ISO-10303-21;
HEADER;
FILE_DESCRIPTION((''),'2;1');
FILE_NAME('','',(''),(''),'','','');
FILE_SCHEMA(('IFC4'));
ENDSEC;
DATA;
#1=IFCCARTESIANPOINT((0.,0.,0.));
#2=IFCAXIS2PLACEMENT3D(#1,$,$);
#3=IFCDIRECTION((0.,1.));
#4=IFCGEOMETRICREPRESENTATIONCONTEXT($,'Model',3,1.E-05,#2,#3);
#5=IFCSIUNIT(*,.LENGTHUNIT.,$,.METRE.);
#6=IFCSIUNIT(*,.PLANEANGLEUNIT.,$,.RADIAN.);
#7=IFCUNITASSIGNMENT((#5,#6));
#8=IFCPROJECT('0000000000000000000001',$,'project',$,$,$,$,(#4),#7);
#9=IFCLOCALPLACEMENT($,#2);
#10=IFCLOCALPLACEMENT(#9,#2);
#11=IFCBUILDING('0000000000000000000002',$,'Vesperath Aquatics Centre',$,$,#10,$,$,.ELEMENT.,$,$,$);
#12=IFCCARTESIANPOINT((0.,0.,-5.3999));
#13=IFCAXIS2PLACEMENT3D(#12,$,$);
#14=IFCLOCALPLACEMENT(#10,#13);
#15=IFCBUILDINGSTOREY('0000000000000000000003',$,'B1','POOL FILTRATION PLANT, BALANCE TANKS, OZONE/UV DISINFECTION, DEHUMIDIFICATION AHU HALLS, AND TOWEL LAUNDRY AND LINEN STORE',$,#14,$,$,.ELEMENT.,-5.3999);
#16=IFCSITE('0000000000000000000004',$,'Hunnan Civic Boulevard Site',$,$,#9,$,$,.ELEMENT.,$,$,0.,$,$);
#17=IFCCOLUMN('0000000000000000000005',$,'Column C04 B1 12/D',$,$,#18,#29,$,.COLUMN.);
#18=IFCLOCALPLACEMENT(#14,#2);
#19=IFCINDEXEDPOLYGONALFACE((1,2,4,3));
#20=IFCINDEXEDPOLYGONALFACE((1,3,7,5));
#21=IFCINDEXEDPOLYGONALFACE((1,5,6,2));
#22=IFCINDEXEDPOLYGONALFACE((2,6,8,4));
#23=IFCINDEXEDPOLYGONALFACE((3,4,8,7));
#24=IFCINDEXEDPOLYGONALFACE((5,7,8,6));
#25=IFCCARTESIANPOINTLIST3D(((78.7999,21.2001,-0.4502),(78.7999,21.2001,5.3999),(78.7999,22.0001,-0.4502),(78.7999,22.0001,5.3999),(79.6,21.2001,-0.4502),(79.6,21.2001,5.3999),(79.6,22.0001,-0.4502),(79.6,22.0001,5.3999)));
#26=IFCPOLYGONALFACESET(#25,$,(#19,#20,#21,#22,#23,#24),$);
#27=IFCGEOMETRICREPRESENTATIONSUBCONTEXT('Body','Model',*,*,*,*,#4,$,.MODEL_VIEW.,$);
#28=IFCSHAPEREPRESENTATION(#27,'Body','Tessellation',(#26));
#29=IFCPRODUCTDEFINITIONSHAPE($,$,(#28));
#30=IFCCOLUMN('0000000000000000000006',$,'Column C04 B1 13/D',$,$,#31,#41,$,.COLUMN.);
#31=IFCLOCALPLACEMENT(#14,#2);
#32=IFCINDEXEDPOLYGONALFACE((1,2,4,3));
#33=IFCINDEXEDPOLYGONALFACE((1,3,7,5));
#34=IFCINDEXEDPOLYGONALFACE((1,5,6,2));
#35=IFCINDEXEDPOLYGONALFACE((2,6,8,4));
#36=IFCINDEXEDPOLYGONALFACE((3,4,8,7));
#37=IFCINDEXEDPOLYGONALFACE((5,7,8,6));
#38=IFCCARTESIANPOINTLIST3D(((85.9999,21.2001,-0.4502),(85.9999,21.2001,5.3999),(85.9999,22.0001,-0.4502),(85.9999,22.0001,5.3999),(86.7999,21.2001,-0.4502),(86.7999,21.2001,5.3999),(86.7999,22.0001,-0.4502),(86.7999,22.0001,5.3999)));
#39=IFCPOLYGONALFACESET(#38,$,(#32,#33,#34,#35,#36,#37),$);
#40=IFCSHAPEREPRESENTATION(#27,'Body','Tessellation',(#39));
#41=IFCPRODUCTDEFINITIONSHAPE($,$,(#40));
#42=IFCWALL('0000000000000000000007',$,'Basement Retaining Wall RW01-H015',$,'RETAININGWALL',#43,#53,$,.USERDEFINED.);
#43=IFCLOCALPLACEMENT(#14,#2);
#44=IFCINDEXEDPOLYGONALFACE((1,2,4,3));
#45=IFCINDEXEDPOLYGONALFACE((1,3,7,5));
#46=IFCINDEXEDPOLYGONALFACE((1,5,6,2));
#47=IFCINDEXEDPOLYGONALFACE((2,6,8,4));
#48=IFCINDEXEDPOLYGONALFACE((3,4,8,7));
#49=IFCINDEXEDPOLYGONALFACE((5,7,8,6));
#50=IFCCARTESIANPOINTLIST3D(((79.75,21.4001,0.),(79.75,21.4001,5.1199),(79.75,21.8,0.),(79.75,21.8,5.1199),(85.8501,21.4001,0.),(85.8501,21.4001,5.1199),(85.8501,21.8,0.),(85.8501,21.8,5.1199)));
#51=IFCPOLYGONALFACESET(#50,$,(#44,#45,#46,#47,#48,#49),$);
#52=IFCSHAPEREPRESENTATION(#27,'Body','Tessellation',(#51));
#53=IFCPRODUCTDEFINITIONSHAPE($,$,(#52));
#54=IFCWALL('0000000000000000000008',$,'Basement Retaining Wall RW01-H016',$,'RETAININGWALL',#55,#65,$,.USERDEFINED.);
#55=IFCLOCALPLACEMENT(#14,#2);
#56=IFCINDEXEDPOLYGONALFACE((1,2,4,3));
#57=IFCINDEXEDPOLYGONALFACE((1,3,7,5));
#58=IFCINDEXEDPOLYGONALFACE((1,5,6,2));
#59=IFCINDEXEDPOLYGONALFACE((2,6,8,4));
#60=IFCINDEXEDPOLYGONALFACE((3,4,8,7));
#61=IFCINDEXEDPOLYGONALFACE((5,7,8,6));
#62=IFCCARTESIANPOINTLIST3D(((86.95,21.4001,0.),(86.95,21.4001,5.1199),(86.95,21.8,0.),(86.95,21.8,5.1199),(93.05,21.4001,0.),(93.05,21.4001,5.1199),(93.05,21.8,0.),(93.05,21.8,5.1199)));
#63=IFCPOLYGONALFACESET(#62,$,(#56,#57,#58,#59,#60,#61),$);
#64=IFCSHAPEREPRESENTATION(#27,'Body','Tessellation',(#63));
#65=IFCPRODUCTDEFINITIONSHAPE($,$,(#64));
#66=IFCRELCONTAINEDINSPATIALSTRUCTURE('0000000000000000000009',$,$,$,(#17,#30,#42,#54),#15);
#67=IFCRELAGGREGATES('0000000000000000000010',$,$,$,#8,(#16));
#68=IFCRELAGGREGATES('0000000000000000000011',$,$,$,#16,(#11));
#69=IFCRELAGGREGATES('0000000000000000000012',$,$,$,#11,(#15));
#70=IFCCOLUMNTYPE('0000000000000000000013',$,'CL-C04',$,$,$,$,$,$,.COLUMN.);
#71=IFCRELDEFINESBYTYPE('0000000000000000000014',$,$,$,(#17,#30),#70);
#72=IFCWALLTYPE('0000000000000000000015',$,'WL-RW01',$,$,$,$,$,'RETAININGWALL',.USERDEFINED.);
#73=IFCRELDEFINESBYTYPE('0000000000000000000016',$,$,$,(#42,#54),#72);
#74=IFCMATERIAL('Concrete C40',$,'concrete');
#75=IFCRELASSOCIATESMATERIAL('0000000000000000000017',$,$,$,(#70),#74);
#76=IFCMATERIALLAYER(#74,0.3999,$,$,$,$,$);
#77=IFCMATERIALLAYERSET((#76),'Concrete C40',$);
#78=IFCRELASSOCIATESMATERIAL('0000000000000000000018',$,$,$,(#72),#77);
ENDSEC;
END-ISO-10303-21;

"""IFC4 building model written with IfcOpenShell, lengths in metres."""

from ifc_helpers import new_model, si_unit, direction, frame, frame_2d, origin, origin_2d, place, context, subcontext, project, spatial, rectangle, extrude, material, layer, layer_set, material_profile, profile_set, type_object, element, save


model = new_model("IFC4")

# Units and contexts
model_context = context("Model", 3, precision=1e-05, world=origin(), true_north=direction((0.0, 1.0)))
body_context = subcontext(model_context, "Body", "Model", "MODEL_VIEW")
ifc_project = project(units=[si_unit("LENGTHUNIT", "METRE"), si_unit("PLANEANGLEUNIT", "RADIAN")], contexts=[model_context])

# Site, building, storey
site_placement = place(None, origin())
site = spatial("IfcSite", under=ifc_project, at=site_placement, Name="Hunnan Civic Boulevard Site", CompositionType="ELEMENT", RefElevation=0.0)
building_placement = place(site_placement, origin())
building = spatial("IfcBuilding", under=site, at=building_placement, Name="Vesperath Aquatics Centre", CompositionType="ELEMENT")
storey_placement = place(building_placement, frame((0.0, 0.0, -5.3999)))
storey = spatial("IfcBuildingStorey", under=building, at=storey_placement, Name="B1", Description="POOL FILTRATION PLANT, BALANCE TANKS, OZONE/UV DISINFECTION, DEHUMIDIFICATION AHU HALLS, AND TOWEL LAUNDRY AND LINEN STORE", CompositionType="ELEMENT", Elevation=-5.3999)

# Shared definitions
ifc_material_1 = material(Name="Concrete C40", Category="concrete")

# Columns
ifc_material_profile_1 = material_profile(ifc_material_1, rectangle(XDim=0.8, YDim=0.8, at=origin_2d()), Name="RC 800x800")
ifc_profile_set_1 = profile_set([ifc_material_profile_1], Name="Concrete C40")
column_type_1 = type_object("IfcColumnType", Name="CL-C04", PredefinedType="COLUMN", material=ifc_profile_set_1)
for number, where, z_axis, x_axis, name in (
    (1, (79.2, 21.6001, -0.4502), (0.0, 0.0, 1.0), (1.0, 0.0, 0.0), "Column C04 B1 12/D"),
    (2, (86.3999, 21.6001, -0.4502), (0.0, 0.0, 1.0), (1.0, 0.0, 0.0), "Column C04 B1 13/D"),
):
    element("IfcColumn", number, at=place(storey_placement, frame(where, z_axis=z_axis, x_axis=x_axis)), inside=storey, type_object=column_type_1, Name=name, PredefinedType="COLUMN", context=body_context, shape_type="SweptSolid", body=[
        extrude(rectangle(XDim=0.8, YDim=0.8, at=origin_2d()), origin(), (0.0, 0.0, 1.0), 5.8501),
    ])

# Walls
ifc_layer = layer(ifc_material_1, 0.3999)
ifc_layer_set = layer_set([ifc_layer], Name="Concrete C40")
wall_type = type_object("IfcWallType", Name="WL-RW01", ElementType="RETAININGWALL", PredefinedType="USERDEFINED", material=ifc_layer_set)
for number, where, z_axis, x_axis, name in (
    (3, (79.75, 21.6001, 0.0), (0.0, 0.0, 1.0), (1.0, 0.0, 0.0), "Basement Retaining Wall RW01-H015"),
    (4, (86.95, 21.6001, 0.0), (0.0, 0.0, 1.0), (1.0, 0.0, 0.0), "Basement Retaining Wall RW01-H016"),
):
    element("IfcWall", number, at=place(storey_placement, frame(where, z_axis=z_axis, x_axis=x_axis)), inside=storey, type_object=wall_type, Name=name, ObjectType="RETAININGWALL", PredefinedType="USERDEFINED", context=body_context, shape_type="SweptSolid", body=[
        extrude(rectangle(XDim=6.1001, YDim=0.3999, at=frame_2d((3.05, 0.0))), origin(), (0.0, 0.0, 1.0), 5.1199),
    ])

save(model, "model.ifc")
